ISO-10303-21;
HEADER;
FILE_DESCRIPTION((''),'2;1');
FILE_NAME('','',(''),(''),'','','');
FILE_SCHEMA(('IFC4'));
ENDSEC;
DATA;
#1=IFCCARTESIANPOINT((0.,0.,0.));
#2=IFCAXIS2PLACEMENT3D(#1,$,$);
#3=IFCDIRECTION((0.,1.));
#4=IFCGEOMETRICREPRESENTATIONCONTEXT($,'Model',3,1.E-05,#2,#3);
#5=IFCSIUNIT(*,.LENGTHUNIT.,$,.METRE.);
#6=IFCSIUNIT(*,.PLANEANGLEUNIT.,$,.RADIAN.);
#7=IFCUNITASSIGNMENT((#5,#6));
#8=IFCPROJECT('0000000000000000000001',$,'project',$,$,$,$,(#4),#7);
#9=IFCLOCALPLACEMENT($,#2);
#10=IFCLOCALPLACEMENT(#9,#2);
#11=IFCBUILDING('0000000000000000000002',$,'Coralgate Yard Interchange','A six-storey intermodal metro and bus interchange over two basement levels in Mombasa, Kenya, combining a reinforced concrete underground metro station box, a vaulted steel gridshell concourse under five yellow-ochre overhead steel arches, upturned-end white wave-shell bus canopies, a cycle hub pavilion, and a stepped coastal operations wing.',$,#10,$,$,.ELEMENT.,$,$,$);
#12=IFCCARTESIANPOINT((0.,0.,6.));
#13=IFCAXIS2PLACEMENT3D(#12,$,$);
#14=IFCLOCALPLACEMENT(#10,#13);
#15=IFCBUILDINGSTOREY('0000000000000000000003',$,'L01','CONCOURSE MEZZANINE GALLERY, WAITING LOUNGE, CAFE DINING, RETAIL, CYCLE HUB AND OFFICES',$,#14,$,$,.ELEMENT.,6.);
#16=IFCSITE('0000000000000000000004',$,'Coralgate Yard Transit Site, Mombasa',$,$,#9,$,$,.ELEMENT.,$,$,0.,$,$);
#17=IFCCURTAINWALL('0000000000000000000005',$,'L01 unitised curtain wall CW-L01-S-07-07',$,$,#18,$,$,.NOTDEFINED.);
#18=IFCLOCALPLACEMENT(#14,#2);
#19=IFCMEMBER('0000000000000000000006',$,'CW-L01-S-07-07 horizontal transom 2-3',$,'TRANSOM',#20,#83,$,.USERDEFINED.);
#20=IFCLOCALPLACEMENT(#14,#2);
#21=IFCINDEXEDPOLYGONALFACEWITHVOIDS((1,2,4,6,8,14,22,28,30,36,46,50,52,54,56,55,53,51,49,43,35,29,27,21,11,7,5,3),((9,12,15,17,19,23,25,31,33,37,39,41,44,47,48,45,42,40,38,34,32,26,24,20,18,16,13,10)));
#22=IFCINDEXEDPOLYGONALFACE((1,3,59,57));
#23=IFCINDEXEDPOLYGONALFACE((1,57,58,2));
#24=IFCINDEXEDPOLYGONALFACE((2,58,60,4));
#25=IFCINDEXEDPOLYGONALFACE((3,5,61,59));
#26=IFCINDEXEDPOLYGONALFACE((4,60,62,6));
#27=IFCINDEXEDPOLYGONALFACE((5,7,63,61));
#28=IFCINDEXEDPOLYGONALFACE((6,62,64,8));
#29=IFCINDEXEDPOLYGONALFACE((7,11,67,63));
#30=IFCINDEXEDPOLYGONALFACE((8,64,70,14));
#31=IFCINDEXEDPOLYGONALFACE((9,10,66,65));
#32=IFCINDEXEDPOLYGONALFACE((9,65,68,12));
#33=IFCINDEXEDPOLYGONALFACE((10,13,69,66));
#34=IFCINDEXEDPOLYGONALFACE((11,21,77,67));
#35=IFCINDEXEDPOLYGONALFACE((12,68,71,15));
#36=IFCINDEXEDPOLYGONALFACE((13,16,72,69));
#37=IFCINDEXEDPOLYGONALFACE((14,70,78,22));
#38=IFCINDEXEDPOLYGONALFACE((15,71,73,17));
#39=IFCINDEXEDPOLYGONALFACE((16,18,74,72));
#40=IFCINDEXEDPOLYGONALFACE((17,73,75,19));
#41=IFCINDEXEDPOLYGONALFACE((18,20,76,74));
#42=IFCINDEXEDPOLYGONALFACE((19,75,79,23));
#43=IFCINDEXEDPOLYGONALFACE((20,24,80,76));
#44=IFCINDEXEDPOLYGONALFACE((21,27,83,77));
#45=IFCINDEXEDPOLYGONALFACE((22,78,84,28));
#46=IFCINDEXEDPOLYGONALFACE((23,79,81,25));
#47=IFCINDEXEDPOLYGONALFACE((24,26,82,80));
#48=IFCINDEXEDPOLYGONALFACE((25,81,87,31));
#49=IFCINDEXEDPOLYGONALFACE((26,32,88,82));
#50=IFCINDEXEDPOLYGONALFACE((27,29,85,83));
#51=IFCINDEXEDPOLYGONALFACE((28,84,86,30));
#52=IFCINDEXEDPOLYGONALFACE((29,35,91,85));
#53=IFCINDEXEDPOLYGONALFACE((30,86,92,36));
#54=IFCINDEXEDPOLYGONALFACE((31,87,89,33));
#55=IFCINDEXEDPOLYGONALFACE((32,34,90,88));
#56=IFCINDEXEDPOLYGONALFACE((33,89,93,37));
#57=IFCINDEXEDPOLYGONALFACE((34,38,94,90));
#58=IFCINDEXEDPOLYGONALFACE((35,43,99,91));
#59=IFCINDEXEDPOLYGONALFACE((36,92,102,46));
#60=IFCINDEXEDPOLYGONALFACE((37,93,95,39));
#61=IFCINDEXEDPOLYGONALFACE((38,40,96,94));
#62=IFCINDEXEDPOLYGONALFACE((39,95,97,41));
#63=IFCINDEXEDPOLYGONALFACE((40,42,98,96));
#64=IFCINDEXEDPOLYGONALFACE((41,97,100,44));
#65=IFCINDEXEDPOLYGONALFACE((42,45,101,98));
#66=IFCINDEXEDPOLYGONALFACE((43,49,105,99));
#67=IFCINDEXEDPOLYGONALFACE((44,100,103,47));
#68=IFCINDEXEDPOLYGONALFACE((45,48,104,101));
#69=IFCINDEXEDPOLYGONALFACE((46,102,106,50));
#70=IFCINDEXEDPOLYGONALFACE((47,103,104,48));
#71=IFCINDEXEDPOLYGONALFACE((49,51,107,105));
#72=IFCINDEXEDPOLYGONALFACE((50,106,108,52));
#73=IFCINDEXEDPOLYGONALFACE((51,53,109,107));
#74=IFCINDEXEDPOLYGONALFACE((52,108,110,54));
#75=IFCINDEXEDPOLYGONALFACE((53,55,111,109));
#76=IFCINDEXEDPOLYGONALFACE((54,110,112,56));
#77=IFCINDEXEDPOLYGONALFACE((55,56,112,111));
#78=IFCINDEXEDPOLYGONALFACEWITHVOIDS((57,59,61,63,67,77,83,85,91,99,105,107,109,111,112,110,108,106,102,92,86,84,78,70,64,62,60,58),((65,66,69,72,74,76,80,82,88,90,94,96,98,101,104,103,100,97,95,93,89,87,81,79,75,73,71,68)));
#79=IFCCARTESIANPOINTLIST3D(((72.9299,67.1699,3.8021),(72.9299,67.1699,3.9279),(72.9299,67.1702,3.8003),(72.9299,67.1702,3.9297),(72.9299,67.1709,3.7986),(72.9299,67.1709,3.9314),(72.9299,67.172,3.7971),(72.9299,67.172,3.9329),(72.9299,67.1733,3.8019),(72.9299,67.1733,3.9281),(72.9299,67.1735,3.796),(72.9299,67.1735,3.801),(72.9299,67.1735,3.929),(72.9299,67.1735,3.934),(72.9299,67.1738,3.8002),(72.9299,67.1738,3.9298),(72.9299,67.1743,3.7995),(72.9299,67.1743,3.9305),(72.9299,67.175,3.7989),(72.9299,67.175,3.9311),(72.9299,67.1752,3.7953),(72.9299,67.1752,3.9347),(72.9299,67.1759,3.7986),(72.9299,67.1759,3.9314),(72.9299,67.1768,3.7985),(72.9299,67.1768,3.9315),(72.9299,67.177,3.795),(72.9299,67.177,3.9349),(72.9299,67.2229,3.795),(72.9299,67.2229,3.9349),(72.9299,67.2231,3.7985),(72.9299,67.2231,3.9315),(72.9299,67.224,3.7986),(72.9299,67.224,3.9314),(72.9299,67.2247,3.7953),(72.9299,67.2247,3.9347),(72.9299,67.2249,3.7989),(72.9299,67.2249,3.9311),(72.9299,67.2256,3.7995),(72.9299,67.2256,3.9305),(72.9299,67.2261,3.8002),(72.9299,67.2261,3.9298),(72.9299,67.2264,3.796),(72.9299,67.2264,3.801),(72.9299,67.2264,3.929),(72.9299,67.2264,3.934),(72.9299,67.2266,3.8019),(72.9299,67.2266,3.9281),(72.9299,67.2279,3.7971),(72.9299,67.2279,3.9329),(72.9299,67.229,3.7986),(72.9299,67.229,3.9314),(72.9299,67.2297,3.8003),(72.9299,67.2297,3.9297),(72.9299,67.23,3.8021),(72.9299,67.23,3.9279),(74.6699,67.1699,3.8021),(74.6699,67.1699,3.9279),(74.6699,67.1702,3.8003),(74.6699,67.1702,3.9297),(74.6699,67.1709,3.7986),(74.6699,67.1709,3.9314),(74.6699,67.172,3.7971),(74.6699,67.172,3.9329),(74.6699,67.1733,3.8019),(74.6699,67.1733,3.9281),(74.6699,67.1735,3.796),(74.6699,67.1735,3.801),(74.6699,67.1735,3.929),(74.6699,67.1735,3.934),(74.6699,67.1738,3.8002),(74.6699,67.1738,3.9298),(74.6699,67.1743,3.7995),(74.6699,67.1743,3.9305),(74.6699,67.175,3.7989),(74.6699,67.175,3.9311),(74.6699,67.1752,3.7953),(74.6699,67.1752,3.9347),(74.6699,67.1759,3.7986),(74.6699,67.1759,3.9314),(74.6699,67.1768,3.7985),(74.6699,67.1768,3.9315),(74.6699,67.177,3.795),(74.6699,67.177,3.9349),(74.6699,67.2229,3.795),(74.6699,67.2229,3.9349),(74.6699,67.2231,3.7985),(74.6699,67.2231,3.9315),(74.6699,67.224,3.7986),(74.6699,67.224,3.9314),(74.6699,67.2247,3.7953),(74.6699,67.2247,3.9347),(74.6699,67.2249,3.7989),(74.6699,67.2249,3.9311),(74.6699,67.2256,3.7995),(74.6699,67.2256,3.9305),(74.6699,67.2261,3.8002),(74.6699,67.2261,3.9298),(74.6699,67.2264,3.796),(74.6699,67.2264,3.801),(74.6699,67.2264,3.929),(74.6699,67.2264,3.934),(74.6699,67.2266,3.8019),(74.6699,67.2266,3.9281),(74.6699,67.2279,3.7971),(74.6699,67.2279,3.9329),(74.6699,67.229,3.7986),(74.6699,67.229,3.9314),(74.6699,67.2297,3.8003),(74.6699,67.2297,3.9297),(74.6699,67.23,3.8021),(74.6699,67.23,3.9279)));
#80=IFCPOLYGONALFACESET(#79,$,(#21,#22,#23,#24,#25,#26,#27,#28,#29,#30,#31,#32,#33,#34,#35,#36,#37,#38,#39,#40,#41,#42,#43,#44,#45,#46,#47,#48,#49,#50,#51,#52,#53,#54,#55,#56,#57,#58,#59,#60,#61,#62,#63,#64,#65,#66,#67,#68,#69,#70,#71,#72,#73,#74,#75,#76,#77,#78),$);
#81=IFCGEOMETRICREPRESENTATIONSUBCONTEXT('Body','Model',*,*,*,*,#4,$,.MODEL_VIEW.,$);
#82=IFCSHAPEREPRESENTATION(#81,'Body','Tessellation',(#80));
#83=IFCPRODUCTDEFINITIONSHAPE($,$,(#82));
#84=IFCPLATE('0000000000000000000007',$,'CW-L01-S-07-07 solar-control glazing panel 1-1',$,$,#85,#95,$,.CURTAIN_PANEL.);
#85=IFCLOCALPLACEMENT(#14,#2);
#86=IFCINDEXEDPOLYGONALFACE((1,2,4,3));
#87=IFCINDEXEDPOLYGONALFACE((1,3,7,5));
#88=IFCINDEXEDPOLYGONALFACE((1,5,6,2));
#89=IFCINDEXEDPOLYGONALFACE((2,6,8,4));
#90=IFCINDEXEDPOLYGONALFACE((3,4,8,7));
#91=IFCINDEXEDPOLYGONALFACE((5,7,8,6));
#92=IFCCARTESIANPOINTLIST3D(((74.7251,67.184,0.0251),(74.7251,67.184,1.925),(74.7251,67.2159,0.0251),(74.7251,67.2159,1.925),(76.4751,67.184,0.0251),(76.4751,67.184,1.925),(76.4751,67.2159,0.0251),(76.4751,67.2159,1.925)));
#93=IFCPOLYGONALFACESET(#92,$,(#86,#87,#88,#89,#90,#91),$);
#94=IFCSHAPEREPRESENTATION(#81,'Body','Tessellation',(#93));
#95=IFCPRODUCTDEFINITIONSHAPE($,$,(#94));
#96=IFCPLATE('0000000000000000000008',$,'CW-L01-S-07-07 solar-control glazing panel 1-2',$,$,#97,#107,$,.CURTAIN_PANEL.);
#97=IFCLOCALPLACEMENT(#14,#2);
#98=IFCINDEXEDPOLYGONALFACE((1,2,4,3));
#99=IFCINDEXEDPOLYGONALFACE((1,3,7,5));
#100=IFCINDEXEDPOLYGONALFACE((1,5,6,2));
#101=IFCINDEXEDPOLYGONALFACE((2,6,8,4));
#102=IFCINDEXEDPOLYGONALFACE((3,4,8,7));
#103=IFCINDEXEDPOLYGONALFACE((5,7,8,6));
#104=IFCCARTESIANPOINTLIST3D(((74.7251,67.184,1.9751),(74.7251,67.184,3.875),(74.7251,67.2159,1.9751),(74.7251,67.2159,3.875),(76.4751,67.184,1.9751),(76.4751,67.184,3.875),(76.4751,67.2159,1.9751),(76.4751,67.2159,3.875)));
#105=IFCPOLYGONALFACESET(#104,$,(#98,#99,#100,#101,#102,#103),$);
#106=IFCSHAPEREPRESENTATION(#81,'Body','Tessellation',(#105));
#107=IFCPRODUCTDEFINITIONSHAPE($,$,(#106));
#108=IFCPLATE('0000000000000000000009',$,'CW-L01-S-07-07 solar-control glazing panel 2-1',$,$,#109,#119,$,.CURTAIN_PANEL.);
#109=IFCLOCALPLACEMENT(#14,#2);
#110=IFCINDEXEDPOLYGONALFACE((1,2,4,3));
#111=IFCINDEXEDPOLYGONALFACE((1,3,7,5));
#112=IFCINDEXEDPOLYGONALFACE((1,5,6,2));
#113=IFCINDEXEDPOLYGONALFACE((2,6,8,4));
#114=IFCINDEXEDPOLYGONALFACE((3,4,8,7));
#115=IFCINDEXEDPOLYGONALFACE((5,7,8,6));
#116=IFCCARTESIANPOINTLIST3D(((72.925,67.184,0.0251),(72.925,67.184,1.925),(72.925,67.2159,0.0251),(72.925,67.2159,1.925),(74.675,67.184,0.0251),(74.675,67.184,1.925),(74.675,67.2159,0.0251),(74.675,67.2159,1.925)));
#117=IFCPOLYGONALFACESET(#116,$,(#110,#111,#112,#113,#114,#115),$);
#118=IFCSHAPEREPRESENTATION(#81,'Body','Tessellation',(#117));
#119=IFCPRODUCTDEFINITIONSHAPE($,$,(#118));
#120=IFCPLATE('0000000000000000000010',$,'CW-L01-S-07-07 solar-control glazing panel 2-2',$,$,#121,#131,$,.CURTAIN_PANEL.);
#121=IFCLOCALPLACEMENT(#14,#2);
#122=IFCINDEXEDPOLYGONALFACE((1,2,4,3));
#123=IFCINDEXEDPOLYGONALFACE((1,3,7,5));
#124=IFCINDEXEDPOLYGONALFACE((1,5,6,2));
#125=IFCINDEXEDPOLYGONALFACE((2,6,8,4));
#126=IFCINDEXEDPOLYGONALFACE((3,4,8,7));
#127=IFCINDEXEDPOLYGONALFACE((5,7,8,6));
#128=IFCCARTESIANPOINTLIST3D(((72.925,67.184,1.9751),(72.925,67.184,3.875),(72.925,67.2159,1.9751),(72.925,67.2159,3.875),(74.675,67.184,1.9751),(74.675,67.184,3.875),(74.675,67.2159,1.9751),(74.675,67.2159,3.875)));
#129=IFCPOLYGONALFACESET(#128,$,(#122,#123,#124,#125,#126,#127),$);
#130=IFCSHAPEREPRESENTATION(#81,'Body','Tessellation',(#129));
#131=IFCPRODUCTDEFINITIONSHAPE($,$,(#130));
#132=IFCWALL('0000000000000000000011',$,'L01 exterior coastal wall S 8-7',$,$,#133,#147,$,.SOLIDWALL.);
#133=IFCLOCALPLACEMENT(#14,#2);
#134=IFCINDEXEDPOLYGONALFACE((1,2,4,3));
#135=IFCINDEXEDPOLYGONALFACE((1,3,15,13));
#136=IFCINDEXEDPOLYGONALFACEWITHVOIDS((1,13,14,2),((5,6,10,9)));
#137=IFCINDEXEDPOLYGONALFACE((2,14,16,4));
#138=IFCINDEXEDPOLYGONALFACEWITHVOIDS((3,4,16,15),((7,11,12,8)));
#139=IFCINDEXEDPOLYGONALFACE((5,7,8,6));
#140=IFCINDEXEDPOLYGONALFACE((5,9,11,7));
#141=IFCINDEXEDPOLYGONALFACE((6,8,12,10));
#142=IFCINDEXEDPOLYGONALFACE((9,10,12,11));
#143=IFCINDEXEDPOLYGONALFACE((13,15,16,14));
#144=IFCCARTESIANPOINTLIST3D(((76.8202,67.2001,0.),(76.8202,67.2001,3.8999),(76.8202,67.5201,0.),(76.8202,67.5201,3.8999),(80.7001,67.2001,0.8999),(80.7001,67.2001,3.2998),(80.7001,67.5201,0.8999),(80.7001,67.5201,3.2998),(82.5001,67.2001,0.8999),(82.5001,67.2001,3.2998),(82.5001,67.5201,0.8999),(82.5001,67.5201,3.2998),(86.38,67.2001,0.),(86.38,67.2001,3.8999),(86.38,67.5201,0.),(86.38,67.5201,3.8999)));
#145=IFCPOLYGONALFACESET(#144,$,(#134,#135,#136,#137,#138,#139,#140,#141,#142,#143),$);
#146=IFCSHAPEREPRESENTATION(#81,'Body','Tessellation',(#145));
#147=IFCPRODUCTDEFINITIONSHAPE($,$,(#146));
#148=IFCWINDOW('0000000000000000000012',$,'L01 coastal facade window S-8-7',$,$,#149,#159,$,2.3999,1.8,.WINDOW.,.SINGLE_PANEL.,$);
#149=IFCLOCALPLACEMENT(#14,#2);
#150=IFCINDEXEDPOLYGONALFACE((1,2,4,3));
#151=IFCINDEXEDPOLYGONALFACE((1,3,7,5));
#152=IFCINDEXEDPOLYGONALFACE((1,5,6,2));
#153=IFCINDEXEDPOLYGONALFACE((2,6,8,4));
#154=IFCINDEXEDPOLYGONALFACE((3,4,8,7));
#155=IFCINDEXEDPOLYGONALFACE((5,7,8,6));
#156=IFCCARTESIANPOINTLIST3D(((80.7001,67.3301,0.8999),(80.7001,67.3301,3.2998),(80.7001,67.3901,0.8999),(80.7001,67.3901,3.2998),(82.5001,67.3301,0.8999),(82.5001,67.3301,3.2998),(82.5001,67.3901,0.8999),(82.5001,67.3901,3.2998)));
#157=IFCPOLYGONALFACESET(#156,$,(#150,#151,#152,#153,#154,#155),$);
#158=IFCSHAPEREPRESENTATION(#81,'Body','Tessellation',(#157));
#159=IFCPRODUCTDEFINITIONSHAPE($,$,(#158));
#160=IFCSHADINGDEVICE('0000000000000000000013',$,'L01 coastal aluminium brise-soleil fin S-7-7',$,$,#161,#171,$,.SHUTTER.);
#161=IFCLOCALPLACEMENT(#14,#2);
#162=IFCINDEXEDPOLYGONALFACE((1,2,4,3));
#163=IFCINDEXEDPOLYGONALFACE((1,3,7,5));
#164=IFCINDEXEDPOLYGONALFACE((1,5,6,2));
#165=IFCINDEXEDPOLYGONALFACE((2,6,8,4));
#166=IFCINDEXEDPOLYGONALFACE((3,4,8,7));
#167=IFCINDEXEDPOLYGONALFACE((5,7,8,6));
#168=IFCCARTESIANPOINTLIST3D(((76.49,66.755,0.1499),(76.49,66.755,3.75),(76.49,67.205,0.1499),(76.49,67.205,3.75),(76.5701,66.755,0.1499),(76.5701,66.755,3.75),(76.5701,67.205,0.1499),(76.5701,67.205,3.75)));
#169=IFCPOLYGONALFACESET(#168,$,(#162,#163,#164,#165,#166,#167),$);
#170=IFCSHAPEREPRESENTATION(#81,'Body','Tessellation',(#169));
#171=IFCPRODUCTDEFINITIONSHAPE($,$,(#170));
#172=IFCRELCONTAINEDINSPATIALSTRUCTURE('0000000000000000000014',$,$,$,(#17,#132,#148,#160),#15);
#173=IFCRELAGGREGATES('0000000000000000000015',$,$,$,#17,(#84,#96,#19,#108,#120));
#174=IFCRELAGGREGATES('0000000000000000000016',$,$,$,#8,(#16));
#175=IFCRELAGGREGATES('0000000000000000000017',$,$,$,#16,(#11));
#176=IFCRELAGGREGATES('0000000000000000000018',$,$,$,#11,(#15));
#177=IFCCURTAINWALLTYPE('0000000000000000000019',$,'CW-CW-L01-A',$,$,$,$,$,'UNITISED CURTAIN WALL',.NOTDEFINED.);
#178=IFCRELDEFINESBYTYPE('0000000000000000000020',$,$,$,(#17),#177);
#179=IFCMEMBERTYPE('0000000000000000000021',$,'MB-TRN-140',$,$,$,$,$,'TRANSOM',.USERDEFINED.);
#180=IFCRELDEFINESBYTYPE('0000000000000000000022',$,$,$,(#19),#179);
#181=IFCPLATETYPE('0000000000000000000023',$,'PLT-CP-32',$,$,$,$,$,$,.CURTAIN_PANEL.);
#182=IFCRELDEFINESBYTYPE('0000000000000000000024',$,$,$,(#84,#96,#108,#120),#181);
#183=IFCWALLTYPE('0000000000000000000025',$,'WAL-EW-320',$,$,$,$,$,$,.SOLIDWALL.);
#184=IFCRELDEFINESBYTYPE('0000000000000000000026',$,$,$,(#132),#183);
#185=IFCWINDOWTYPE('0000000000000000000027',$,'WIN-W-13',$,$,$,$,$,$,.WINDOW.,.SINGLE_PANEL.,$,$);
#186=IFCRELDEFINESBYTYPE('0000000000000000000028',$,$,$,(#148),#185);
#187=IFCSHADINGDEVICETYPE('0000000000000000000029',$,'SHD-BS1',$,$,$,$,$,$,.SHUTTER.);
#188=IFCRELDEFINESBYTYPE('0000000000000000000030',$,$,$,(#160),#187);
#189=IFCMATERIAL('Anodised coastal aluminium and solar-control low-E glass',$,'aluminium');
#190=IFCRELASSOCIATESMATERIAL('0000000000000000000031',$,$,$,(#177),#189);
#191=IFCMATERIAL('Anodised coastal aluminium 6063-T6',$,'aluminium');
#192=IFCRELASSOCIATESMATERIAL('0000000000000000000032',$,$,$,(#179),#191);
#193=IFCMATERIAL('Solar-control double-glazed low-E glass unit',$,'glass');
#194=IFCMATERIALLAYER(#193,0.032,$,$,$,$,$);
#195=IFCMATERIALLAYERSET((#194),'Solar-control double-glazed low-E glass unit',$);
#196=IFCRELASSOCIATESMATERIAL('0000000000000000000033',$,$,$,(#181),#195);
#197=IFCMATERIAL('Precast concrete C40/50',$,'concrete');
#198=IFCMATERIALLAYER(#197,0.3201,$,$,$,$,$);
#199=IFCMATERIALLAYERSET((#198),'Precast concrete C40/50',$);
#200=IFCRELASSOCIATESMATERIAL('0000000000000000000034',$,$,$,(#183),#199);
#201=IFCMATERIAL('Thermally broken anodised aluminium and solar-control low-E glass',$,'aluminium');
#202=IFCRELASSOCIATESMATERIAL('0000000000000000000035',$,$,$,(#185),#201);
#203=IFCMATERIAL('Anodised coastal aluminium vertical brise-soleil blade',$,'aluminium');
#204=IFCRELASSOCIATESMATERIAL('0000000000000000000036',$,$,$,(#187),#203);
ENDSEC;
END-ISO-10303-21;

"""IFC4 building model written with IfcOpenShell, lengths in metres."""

from ifc_helpers import new_model, si_unit, direction, frame, frame_2d, origin, origin_2d, place, context, subcontext, project, spatial, rectangle, hollow_rectangle, extrude, material, layer, layer_set, material_profile, profile_set, type_object, element, fill, aggregate, save


model = new_model("IFC4")

# Units and contexts
model_context = context("Model", 3, precision=1e-05, world=origin(), true_north=direction((0.0, 1.0)))
body_context = subcontext(model_context, "Body", "Model", "MODEL_VIEW")
ifc_project = project(units=[si_unit("LENGTHUNIT", "METRE"), si_unit("PLANEANGLEUNIT", "RADIAN")], contexts=[model_context])

# Site, building, storey
site_placement = place(None, origin())
site = spatial("IfcSite", under=ifc_project, at=site_placement, Name="Coralgate Yard Transit Site, Mombasa", CompositionType="ELEMENT", RefElevation=0.0)
building_placement = place(site_placement, origin())
building = spatial("IfcBuilding", under=site, at=building_placement, Name="Coralgate Yard Interchange", Description="A six-storey intermodal metro and bus interchange over two basement levels in Mombasa, Kenya, combining a reinforced concrete underground metro station box, a vaulted steel gridshell concourse under five yellow-ochre overhead steel arches, upturned-end white wave-shell bus canopies, a cycle hub pavilion, and a stepped coastal operations wing.", CompositionType="ELEMENT")
storey_placement = place(building_placement, frame((0.0, 0.0, 6.0)))
storey = spatial("IfcBuildingStorey", under=building, at=storey_placement, Name="L01", Description="CONCOURSE MEZZANINE GALLERY, WAITING LOUNGE, CAFE DINING, RETAIL, CYCLE HUB AND OFFICES", CompositionType="ELEMENT", Elevation=6.0)

# Curtain wall
ifc_material_1 = material(Name="Anodised coastal aluminium and solar-control low-E glass", Category="aluminium")
curtain_wall_type = type_object("IfcCurtainWallType", Name="CW-CW-L01-A", ElementType="UNITISED CURTAIN WALL", PredefinedType="NOTDEFINED", material=ifc_material_1)
curtain_wall_1_placement = place(storey_placement, origin())
curtain_wall_1 = element("IfcCurtainWall", 1, at=curtain_wall_1_placement, inside=storey, type_object=curtain_wall_type, Name="L01 unitised curtain wall CW-L01-S-07-07", PredefinedType="NOTDEFINED")
ifc_material_2 = material(Name="Anodised coastal aluminium 6063-T6", Category="aluminium")

# Member
ifc_material_profile_1 = material_profile(ifc_material_2, hollow_rectangle(XDim=0.0601, YDim=0.1399, WallThickness=0.0034, InnerFilletRadius=0.0034, OuterFilletRadius=0.0071, at=origin_2d()), Name="ALU 60x140x3.5")
ifc_profile_set_1 = profile_set([ifc_material_profile_1], Name="Anodised coastal aluminium 6063-T6")
member_type_1 = type_object("IfcMemberType", Name="MB-TRN-140", ElementType="TRANSOM", PredefinedType="USERDEFINED", material=ifc_profile_set_1)
member_1_placement = place(storey_placement, frame((74.6699, 67.2, 3.865), z_axis=(-1.0, 0.0, 0.0), x_axis=(0.0, -1.0, 0.0)))
member_1 = element("IfcMember", 2, at=member_1_placement, type_object=member_type_1, Name="CW-L01-S-07-07 horizontal transom 2-3", ObjectType="TRANSOM", PredefinedType="USERDEFINED", context=body_context, shape_type="SweptSolid", body=[
    extrude(hollow_rectangle(XDim=0.0601, YDim=0.1399, WallThickness=0.0034, InnerFilletRadius=0.0034, OuterFilletRadius=0.0071, at=origin_2d()), origin(), (0.0, 0.0, 1.0), 1.74),
])

# Plates
ifc_material_3 = material(Name="Solar-control double-glazed low-E glass unit", Category="glass")
ifc_layer_1 = layer(ifc_material_3, 0.032)
ifc_layer_set_1 = layer_set([ifc_layer_1], Name="Solar-control double-glazed low-E glass unit")
plate_type = type_object("IfcPlateType", Name="PLT-CP-32", PredefinedType="CURTAIN_PANEL", material=ifc_layer_set_1)
plate_1_placement = place(storey_placement, frame((75.6001, 67.2, 0.0251), z_axis=(0.0, 0.0, 1.0), x_axis=(-1.0, 0.0, 0.0)))
plate_1 = element("IfcPlate", 3, at=plate_1_placement, type_object=plate_type, Name="CW-L01-S-07-07 solar-control glazing panel 1-1", PredefinedType="CURTAIN_PANEL", context=body_context, shape_type="SweptSolid", body=[
    extrude(rectangle(XDim=1.75, YDim=0.032, at=origin_2d()), origin(), (0.0, 0.0, 1.0), 1.8999),
])
plate_2_placement = place(storey_placement, frame((75.6001, 67.2, 1.9751), z_axis=(0.0, 0.0, 1.0), x_axis=(-1.0, 0.0, 0.0)))
plate_2 = element("IfcPlate", 4, at=plate_2_placement, type_object=plate_type, Name="CW-L01-S-07-07 solar-control glazing panel 1-2", PredefinedType="CURTAIN_PANEL", context=body_context, shape_type="SweptSolid", body=[
    extrude(rectangle(XDim=1.75, YDim=0.032, at=origin_2d()), origin(), (0.0, 0.0, 1.0), 1.8999),
])
plate_3_placement = place(storey_placement, frame((73.8, 67.2, 0.0251), z_axis=(0.0, 0.0, 1.0), x_axis=(-1.0, 0.0, 0.0)))
plate_3 = element("IfcPlate", 5, at=plate_3_placement, type_object=plate_type, Name="CW-L01-S-07-07 solar-control glazing panel 2-1", PredefinedType="CURTAIN_PANEL", context=body_context, shape_type="SweptSolid", body=[
    extrude(rectangle(XDim=1.75, YDim=0.032, at=origin_2d()), origin(), (0.0, 0.0, 1.0), 1.8999),
])
plate_4_placement = place(storey_placement, frame((73.8, 67.2, 1.9751), z_axis=(0.0, 0.0, 1.0), x_axis=(-1.0, 0.0, 0.0)))
plate_4 = element("IfcPlate", 6, at=plate_4_placement, type_object=plate_type, Name="CW-L01-S-07-07 solar-control glazing panel 2-2", PredefinedType="CURTAIN_PANEL", context=body_context, shape_type="SweptSolid", body=[
    extrude(rectangle(XDim=1.75, YDim=0.032, at=origin_2d()), origin(), (0.0, 0.0, 1.0), 1.8999),
])
aggregate(curtain_wall_1, [plate_1, plate_2, member_1, plate_3, plate_4])

# Wall, opening, window
ifc_material_4 = material(Name="Precast concrete C40/50", Category="concrete")
ifc_layer_2 = layer(ifc_material_4, 0.3201)
ifc_layer_set_2 = layer_set([ifc_layer_2], Name="Precast concrete C40/50")
wall_type = type_object("IfcWallType", Name="WAL-EW-320", PredefinedType="SOLIDWALL", material=ifc_layer_set_2)
wall_placement = place(storey_placement, frame((86.3799, 67.3601, 0.0), z_axis=(0.0, 0.0, 1.0), x_axis=(-1.0, 0.0, 0.0)))
wall = element("IfcWall", 7, at=wall_placement, inside=storey, type_object=wall_type, Name="L01 exterior coastal wall S 8-7", PredefinedType="SOLIDWALL", context=body_context, shape_type="SweptSolid", body=[
    extrude(rectangle(XDim=9.5598, YDim=0.3201, at=frame_2d((4.7798, 0.0))), origin(), (0.0, 0.0, 1.0), 3.8999),
])
opening_placement = place(wall_placement, frame((3.8799, 0.0, 0.8999)))
opening = element("IfcOpeningElement", 8, at=opening_placement, cuts=wall, PredefinedType="OPENING", context=body_context, shape_type="SweptSolid", body=[
    extrude(rectangle(XDim=1.8, YDim=2.3999, at=frame_2d((0.8999, 1.2))), frame((0.0, 0.1699, 0.0), z_axis=(0.0, -1.0, 0.0), x_axis=(1.0, 0.0, 0.0)), (0.0, 0.0, 1.0), 0.3401),
])
ifc_material_5 = material(Name="Thermally broken anodised aluminium and solar-control low-E glass", Category="aluminium")
window_type = type_object("IfcWindowType", Name="WIN-W-13", PartitioningType="SINGLE_PANEL", PredefinedType="WINDOW", material=ifc_material_5)
window_placement = place(opening_placement, origin())
window = element("IfcWindow", 9, at=window_placement, inside=storey, type_object=window_type, Name="L01 coastal facade window S-8-7", OverallHeight=2.3999, OverallWidth=1.8, PartitioningType="SINGLE_PANEL", PredefinedType="WINDOW", context=body_context, shape_type="SweptSolid", body=[
    extrude(rectangle(XDim=1.8, YDim=2.3999, at=frame_2d((0.8999, 1.2))), frame((0.0, 0.03, 0.0), z_axis=(0.0, -1.0, 0.0), x_axis=(1.0, 0.0, 0.0)), (0.0, 0.0, 1.0), 0.0601),
])
fill(opening, window)

# Shading device
ifc_material_6 = material(Name="Anodised coastal aluminium vertical brise-soleil blade", Category="aluminium")
shading_device_type = type_object("IfcShadingDeviceType", Name="SHD-BS1", PredefinedType="SHUTTER", material=ifc_material_6)
shading_device_placement = place(storey_placement, frame((76.53, 66.98, 0.1499), z_axis=(0.0, 0.0, 1.0), x_axis=(-1.0, 0.0, 0.0)))
element("IfcShadingDevice", 10, at=shading_device_placement, inside=storey, type_object=shading_device_type, Name="L01 coastal aluminium brise-soleil fin S-7-7", PredefinedType="SHUTTER", context=body_context, shape_type="SweptSolid", body=[
    extrude(rectangle(XDim=0.0801, YDim=0.45, at=origin_2d()), origin(), (0.0, 0.0, 1.0), 3.6001),
])

save(model, "model.ifc")
